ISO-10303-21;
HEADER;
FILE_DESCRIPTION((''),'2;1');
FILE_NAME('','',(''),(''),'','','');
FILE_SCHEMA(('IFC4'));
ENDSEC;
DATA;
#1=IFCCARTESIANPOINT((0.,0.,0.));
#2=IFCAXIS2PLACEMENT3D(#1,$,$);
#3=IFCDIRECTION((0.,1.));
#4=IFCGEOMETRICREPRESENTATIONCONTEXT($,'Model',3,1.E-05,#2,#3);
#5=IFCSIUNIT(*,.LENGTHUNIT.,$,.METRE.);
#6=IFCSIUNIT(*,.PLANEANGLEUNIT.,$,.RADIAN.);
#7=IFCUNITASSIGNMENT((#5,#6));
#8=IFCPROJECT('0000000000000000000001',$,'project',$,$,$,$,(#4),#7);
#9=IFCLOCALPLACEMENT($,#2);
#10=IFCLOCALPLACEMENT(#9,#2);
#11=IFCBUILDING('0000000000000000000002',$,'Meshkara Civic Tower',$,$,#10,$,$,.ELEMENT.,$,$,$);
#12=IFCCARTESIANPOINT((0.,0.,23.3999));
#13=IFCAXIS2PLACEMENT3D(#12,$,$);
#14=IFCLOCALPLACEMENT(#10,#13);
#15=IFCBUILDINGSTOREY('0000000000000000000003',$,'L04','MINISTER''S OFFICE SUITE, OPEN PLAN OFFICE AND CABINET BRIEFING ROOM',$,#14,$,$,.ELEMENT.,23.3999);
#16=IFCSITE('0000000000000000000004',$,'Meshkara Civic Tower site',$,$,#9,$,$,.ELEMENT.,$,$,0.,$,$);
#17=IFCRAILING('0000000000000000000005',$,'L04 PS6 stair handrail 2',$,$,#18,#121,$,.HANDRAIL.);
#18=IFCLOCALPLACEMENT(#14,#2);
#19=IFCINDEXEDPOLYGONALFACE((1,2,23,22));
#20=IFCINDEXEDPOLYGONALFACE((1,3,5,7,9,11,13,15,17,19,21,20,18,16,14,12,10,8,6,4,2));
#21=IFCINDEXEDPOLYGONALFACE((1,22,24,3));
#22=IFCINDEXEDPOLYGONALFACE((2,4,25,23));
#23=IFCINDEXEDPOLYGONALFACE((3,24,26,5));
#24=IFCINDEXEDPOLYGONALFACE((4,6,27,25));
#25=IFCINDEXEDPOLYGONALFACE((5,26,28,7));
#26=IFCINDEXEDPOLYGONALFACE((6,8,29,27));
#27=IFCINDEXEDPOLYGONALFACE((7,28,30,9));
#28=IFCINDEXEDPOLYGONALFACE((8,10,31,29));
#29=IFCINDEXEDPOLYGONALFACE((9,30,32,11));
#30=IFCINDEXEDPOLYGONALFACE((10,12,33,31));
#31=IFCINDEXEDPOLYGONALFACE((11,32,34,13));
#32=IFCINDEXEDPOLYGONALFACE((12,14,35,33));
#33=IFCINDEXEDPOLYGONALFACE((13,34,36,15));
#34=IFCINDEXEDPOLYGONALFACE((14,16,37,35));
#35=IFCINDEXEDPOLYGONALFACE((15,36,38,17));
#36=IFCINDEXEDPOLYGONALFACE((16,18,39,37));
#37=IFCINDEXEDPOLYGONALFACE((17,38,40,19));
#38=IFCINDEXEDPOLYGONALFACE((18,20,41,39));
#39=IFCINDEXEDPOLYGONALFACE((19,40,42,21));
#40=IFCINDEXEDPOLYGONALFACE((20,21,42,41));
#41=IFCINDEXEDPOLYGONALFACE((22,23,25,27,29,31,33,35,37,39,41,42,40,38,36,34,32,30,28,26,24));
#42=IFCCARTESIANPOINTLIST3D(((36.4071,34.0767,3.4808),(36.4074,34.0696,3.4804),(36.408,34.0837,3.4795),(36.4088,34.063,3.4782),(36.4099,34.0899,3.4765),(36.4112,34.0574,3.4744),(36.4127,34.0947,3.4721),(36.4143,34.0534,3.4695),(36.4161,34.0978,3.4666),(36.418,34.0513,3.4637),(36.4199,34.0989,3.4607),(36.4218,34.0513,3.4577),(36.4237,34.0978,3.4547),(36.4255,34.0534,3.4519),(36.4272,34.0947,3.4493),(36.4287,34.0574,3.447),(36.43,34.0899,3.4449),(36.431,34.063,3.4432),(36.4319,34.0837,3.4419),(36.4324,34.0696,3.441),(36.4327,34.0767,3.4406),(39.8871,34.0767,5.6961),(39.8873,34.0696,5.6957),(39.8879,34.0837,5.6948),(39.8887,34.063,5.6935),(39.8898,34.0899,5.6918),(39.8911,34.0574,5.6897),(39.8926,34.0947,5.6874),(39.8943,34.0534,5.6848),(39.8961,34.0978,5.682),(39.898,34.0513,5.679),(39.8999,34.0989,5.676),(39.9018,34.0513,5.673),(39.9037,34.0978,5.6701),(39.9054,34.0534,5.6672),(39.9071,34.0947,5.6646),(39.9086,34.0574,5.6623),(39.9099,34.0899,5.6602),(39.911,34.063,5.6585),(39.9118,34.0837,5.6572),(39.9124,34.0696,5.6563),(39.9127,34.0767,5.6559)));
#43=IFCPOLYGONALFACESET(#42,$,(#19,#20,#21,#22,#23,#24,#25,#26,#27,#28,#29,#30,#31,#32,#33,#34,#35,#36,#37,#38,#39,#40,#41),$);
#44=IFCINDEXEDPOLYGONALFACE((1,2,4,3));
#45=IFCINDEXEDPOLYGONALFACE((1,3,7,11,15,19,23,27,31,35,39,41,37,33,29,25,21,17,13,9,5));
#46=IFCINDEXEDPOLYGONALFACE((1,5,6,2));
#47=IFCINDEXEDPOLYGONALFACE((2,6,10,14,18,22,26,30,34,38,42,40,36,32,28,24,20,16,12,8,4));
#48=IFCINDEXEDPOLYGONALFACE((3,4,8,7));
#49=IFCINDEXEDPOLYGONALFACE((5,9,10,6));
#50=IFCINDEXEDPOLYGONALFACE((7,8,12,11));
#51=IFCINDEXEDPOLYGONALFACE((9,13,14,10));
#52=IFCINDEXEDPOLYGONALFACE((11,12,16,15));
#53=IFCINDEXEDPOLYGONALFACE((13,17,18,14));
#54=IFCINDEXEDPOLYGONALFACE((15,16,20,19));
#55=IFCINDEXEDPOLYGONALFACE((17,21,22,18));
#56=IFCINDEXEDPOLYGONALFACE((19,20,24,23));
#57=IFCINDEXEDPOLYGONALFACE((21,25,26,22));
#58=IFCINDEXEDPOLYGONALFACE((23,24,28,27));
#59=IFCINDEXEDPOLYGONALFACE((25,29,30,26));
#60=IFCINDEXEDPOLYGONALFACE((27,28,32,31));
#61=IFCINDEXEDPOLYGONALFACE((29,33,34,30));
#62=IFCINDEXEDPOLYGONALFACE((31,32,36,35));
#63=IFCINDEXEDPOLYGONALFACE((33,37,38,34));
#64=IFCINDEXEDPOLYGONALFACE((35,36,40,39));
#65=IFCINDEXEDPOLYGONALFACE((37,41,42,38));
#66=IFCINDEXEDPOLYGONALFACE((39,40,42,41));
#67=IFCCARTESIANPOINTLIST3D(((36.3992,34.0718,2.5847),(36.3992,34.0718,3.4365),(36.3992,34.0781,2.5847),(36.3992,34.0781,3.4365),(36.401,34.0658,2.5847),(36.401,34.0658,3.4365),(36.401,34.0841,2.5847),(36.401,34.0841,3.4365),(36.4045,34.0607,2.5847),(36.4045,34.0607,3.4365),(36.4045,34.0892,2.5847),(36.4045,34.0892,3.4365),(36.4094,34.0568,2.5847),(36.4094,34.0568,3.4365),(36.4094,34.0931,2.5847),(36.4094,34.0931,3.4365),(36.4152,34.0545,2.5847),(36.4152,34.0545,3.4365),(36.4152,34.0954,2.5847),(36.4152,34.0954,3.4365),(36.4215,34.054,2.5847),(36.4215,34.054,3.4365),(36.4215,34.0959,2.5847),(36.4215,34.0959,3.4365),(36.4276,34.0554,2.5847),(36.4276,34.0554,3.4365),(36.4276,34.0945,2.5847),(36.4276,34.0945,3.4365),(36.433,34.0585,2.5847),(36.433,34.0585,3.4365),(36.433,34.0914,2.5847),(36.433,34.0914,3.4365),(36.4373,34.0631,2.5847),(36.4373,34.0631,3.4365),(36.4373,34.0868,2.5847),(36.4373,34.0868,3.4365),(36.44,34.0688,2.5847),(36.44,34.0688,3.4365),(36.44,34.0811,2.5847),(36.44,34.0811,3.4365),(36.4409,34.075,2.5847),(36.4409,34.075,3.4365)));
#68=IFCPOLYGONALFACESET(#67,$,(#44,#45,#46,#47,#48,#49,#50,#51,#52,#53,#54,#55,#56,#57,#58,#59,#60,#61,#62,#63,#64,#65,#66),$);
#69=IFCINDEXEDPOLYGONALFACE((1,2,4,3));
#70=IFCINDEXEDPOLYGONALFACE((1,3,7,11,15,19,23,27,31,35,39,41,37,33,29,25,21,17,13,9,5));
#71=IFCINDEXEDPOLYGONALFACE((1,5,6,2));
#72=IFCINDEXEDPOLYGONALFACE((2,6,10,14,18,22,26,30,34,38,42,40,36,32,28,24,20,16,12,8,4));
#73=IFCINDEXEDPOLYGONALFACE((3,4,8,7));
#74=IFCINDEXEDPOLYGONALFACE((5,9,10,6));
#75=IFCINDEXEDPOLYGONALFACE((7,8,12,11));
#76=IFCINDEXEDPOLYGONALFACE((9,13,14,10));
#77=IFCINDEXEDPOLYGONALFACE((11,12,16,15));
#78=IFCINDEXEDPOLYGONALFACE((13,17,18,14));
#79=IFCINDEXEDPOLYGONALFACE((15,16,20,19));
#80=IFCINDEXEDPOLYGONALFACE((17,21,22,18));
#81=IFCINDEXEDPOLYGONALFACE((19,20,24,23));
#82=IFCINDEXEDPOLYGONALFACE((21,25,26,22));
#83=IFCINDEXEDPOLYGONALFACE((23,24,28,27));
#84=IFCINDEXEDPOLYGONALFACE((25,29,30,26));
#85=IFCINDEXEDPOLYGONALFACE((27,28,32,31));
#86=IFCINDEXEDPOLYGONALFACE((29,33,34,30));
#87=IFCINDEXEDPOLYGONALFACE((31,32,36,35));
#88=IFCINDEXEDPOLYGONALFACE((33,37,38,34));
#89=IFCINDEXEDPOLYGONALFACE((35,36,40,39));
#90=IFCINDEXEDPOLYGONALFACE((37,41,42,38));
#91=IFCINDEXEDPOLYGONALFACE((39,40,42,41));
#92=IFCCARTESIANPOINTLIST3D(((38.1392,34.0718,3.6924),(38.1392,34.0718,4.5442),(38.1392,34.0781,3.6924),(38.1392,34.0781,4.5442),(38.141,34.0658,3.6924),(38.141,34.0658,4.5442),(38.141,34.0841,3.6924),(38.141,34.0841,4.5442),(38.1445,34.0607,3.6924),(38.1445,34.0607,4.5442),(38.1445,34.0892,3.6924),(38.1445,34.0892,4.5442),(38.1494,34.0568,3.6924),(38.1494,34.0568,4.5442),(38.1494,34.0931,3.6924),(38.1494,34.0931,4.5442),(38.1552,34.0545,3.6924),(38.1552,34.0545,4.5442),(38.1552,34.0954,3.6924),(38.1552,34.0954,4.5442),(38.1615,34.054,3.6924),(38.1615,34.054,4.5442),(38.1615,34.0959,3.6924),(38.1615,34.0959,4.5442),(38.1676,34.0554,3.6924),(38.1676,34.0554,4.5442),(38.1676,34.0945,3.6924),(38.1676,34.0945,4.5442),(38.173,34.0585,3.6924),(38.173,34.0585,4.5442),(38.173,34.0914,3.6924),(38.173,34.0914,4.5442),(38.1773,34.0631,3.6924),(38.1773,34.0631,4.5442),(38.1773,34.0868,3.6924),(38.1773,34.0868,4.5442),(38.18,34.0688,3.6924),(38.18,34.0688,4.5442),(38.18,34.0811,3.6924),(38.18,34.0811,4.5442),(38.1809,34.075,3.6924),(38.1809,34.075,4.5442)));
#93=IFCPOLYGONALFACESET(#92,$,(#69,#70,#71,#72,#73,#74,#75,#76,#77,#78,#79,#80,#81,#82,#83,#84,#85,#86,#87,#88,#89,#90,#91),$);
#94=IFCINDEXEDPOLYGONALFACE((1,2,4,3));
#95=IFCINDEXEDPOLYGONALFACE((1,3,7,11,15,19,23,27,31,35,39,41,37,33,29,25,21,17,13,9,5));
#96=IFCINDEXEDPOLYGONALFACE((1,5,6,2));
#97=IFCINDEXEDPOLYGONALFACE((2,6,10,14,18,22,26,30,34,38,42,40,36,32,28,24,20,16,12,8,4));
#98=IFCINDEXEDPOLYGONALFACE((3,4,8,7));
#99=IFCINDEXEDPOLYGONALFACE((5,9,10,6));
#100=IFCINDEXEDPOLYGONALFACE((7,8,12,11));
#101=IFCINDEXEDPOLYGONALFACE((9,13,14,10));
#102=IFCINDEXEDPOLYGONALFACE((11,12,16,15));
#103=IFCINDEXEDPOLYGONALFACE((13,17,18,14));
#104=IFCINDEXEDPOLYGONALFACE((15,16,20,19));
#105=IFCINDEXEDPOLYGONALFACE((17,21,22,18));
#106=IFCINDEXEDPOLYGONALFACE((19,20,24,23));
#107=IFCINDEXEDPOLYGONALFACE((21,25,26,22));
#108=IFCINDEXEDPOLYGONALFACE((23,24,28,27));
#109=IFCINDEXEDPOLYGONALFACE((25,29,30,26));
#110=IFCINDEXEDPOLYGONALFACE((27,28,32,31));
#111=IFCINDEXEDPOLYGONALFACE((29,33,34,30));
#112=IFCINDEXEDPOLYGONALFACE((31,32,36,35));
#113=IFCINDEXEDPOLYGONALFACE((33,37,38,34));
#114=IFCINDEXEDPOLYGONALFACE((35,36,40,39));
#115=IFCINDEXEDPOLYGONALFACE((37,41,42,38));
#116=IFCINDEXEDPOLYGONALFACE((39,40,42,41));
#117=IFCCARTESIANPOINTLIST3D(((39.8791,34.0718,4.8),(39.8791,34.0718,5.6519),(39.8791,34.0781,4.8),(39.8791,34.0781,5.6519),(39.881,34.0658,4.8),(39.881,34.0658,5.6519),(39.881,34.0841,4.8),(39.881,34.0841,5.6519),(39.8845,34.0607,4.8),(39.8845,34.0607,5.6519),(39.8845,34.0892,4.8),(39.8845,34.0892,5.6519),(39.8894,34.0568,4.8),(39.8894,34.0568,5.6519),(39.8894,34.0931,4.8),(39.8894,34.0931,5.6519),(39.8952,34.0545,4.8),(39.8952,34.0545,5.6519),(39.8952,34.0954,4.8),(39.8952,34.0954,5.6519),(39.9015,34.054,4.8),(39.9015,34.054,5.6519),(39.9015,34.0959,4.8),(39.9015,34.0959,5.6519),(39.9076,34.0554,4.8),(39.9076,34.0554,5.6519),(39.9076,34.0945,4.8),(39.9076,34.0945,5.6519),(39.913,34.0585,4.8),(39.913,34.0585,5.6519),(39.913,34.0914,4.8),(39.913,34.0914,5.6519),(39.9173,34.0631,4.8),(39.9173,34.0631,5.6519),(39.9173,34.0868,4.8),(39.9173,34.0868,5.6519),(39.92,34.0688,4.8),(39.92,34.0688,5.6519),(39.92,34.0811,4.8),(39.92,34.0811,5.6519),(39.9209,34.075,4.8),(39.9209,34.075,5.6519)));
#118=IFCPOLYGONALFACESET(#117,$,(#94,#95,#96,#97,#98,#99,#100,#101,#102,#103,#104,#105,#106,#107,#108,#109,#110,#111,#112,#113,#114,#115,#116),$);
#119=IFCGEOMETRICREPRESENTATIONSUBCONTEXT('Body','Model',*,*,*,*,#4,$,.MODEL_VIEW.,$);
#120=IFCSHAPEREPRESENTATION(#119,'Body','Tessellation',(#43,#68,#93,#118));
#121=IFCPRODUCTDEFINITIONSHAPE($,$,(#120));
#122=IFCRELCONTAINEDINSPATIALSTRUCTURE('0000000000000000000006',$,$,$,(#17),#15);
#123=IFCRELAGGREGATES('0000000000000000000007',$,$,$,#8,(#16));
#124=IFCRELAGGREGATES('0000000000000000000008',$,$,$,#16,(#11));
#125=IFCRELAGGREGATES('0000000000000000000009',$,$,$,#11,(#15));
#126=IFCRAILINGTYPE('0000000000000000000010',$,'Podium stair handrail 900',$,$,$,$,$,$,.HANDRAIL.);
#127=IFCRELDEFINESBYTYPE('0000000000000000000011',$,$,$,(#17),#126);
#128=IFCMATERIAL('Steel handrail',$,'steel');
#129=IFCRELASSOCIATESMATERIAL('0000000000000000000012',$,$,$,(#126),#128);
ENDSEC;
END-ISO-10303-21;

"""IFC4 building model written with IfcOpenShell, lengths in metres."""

from ifc_helpers import new_model, si_unit, direction, frame, origin, origin_2d, place, context, subcontext, project, spatial, circle, extrude, material, type_object, element, save


model = new_model("IFC4")

# Units and contexts
model_context = context("Model", 3, precision=1e-05, world=origin(), true_north=direction((0.0, 1.0)))
body_context = subcontext(model_context, "Body", "Model", "MODEL_VIEW")
ifc_project = project(units=[si_unit("LENGTHUNIT", "METRE"), si_unit("PLANEANGLEUNIT", "RADIAN")], contexts=[model_context])

# Site, building, storey
site_placement = place(None, origin())
site = spatial("IfcSite", under=ifc_project, at=site_placement, Name="Meshkara Civic Tower site", CompositionType="ELEMENT", RefElevation=0.0)
building_placement = place(site_placement, origin())
building = spatial("IfcBuilding", under=site, at=building_placement, Name="Meshkara Civic Tower", CompositionType="ELEMENT")
storey_placement = place(building_placement, frame((0.0, 0.0, 23.3999)))
storey = spatial("IfcBuildingStorey", under=building, at=storey_placement, Name="L04", Description="MINISTER'S OFFICE SUITE, OPEN PLAN OFFICE AND CABINET BRIEFING ROOM", CompositionType="ELEMENT", Elevation=23.3999)

# Railing
ifc_material_1 = material(Name="Steel handrail", Category="steel")
railing_type_1 = type_object("IfcRailingType", Name="Podium stair handrail 900", PredefinedType="HANDRAIL", material=ifc_material_1)
railing_1_placement = place(storey_placement, frame((36.4199, 34.075, 2.5847)))
element("IfcRailing", 1, at=railing_1_placement, inside=storey, type_object=railing_type_1, Name="L04 PS6 stair handrail 2", PredefinedType="HANDRAIL", context=body_context, shape_type="SweptSolid", body=[
    extrude(circle(Radius=0.0239, at=origin_2d()), frame((0.0, 0.0, 0.876), z_axis=(0.843574, 0.0, 0.537013), x_axis=(0.0, 1.0, 0.0)), (0.0, 0.0, 1.0), 4.1252),
    extrude(circle(Radius=0.021, at=origin_2d()), origin(), (0.0, 0.0, 1.0), 0.8518),
    extrude(circle(Radius=0.021, at=origin_2d()), frame((1.74, 0.0, 1.1077)), (0.0, 0.0, 1.0), 0.8518),
    extrude(circle(Radius=0.021, at=origin_2d()), frame((3.48, 0.0, 2.2153)), (0.0, 0.0, 1.0), 0.8518),
])

save(model, "model.ifc")
